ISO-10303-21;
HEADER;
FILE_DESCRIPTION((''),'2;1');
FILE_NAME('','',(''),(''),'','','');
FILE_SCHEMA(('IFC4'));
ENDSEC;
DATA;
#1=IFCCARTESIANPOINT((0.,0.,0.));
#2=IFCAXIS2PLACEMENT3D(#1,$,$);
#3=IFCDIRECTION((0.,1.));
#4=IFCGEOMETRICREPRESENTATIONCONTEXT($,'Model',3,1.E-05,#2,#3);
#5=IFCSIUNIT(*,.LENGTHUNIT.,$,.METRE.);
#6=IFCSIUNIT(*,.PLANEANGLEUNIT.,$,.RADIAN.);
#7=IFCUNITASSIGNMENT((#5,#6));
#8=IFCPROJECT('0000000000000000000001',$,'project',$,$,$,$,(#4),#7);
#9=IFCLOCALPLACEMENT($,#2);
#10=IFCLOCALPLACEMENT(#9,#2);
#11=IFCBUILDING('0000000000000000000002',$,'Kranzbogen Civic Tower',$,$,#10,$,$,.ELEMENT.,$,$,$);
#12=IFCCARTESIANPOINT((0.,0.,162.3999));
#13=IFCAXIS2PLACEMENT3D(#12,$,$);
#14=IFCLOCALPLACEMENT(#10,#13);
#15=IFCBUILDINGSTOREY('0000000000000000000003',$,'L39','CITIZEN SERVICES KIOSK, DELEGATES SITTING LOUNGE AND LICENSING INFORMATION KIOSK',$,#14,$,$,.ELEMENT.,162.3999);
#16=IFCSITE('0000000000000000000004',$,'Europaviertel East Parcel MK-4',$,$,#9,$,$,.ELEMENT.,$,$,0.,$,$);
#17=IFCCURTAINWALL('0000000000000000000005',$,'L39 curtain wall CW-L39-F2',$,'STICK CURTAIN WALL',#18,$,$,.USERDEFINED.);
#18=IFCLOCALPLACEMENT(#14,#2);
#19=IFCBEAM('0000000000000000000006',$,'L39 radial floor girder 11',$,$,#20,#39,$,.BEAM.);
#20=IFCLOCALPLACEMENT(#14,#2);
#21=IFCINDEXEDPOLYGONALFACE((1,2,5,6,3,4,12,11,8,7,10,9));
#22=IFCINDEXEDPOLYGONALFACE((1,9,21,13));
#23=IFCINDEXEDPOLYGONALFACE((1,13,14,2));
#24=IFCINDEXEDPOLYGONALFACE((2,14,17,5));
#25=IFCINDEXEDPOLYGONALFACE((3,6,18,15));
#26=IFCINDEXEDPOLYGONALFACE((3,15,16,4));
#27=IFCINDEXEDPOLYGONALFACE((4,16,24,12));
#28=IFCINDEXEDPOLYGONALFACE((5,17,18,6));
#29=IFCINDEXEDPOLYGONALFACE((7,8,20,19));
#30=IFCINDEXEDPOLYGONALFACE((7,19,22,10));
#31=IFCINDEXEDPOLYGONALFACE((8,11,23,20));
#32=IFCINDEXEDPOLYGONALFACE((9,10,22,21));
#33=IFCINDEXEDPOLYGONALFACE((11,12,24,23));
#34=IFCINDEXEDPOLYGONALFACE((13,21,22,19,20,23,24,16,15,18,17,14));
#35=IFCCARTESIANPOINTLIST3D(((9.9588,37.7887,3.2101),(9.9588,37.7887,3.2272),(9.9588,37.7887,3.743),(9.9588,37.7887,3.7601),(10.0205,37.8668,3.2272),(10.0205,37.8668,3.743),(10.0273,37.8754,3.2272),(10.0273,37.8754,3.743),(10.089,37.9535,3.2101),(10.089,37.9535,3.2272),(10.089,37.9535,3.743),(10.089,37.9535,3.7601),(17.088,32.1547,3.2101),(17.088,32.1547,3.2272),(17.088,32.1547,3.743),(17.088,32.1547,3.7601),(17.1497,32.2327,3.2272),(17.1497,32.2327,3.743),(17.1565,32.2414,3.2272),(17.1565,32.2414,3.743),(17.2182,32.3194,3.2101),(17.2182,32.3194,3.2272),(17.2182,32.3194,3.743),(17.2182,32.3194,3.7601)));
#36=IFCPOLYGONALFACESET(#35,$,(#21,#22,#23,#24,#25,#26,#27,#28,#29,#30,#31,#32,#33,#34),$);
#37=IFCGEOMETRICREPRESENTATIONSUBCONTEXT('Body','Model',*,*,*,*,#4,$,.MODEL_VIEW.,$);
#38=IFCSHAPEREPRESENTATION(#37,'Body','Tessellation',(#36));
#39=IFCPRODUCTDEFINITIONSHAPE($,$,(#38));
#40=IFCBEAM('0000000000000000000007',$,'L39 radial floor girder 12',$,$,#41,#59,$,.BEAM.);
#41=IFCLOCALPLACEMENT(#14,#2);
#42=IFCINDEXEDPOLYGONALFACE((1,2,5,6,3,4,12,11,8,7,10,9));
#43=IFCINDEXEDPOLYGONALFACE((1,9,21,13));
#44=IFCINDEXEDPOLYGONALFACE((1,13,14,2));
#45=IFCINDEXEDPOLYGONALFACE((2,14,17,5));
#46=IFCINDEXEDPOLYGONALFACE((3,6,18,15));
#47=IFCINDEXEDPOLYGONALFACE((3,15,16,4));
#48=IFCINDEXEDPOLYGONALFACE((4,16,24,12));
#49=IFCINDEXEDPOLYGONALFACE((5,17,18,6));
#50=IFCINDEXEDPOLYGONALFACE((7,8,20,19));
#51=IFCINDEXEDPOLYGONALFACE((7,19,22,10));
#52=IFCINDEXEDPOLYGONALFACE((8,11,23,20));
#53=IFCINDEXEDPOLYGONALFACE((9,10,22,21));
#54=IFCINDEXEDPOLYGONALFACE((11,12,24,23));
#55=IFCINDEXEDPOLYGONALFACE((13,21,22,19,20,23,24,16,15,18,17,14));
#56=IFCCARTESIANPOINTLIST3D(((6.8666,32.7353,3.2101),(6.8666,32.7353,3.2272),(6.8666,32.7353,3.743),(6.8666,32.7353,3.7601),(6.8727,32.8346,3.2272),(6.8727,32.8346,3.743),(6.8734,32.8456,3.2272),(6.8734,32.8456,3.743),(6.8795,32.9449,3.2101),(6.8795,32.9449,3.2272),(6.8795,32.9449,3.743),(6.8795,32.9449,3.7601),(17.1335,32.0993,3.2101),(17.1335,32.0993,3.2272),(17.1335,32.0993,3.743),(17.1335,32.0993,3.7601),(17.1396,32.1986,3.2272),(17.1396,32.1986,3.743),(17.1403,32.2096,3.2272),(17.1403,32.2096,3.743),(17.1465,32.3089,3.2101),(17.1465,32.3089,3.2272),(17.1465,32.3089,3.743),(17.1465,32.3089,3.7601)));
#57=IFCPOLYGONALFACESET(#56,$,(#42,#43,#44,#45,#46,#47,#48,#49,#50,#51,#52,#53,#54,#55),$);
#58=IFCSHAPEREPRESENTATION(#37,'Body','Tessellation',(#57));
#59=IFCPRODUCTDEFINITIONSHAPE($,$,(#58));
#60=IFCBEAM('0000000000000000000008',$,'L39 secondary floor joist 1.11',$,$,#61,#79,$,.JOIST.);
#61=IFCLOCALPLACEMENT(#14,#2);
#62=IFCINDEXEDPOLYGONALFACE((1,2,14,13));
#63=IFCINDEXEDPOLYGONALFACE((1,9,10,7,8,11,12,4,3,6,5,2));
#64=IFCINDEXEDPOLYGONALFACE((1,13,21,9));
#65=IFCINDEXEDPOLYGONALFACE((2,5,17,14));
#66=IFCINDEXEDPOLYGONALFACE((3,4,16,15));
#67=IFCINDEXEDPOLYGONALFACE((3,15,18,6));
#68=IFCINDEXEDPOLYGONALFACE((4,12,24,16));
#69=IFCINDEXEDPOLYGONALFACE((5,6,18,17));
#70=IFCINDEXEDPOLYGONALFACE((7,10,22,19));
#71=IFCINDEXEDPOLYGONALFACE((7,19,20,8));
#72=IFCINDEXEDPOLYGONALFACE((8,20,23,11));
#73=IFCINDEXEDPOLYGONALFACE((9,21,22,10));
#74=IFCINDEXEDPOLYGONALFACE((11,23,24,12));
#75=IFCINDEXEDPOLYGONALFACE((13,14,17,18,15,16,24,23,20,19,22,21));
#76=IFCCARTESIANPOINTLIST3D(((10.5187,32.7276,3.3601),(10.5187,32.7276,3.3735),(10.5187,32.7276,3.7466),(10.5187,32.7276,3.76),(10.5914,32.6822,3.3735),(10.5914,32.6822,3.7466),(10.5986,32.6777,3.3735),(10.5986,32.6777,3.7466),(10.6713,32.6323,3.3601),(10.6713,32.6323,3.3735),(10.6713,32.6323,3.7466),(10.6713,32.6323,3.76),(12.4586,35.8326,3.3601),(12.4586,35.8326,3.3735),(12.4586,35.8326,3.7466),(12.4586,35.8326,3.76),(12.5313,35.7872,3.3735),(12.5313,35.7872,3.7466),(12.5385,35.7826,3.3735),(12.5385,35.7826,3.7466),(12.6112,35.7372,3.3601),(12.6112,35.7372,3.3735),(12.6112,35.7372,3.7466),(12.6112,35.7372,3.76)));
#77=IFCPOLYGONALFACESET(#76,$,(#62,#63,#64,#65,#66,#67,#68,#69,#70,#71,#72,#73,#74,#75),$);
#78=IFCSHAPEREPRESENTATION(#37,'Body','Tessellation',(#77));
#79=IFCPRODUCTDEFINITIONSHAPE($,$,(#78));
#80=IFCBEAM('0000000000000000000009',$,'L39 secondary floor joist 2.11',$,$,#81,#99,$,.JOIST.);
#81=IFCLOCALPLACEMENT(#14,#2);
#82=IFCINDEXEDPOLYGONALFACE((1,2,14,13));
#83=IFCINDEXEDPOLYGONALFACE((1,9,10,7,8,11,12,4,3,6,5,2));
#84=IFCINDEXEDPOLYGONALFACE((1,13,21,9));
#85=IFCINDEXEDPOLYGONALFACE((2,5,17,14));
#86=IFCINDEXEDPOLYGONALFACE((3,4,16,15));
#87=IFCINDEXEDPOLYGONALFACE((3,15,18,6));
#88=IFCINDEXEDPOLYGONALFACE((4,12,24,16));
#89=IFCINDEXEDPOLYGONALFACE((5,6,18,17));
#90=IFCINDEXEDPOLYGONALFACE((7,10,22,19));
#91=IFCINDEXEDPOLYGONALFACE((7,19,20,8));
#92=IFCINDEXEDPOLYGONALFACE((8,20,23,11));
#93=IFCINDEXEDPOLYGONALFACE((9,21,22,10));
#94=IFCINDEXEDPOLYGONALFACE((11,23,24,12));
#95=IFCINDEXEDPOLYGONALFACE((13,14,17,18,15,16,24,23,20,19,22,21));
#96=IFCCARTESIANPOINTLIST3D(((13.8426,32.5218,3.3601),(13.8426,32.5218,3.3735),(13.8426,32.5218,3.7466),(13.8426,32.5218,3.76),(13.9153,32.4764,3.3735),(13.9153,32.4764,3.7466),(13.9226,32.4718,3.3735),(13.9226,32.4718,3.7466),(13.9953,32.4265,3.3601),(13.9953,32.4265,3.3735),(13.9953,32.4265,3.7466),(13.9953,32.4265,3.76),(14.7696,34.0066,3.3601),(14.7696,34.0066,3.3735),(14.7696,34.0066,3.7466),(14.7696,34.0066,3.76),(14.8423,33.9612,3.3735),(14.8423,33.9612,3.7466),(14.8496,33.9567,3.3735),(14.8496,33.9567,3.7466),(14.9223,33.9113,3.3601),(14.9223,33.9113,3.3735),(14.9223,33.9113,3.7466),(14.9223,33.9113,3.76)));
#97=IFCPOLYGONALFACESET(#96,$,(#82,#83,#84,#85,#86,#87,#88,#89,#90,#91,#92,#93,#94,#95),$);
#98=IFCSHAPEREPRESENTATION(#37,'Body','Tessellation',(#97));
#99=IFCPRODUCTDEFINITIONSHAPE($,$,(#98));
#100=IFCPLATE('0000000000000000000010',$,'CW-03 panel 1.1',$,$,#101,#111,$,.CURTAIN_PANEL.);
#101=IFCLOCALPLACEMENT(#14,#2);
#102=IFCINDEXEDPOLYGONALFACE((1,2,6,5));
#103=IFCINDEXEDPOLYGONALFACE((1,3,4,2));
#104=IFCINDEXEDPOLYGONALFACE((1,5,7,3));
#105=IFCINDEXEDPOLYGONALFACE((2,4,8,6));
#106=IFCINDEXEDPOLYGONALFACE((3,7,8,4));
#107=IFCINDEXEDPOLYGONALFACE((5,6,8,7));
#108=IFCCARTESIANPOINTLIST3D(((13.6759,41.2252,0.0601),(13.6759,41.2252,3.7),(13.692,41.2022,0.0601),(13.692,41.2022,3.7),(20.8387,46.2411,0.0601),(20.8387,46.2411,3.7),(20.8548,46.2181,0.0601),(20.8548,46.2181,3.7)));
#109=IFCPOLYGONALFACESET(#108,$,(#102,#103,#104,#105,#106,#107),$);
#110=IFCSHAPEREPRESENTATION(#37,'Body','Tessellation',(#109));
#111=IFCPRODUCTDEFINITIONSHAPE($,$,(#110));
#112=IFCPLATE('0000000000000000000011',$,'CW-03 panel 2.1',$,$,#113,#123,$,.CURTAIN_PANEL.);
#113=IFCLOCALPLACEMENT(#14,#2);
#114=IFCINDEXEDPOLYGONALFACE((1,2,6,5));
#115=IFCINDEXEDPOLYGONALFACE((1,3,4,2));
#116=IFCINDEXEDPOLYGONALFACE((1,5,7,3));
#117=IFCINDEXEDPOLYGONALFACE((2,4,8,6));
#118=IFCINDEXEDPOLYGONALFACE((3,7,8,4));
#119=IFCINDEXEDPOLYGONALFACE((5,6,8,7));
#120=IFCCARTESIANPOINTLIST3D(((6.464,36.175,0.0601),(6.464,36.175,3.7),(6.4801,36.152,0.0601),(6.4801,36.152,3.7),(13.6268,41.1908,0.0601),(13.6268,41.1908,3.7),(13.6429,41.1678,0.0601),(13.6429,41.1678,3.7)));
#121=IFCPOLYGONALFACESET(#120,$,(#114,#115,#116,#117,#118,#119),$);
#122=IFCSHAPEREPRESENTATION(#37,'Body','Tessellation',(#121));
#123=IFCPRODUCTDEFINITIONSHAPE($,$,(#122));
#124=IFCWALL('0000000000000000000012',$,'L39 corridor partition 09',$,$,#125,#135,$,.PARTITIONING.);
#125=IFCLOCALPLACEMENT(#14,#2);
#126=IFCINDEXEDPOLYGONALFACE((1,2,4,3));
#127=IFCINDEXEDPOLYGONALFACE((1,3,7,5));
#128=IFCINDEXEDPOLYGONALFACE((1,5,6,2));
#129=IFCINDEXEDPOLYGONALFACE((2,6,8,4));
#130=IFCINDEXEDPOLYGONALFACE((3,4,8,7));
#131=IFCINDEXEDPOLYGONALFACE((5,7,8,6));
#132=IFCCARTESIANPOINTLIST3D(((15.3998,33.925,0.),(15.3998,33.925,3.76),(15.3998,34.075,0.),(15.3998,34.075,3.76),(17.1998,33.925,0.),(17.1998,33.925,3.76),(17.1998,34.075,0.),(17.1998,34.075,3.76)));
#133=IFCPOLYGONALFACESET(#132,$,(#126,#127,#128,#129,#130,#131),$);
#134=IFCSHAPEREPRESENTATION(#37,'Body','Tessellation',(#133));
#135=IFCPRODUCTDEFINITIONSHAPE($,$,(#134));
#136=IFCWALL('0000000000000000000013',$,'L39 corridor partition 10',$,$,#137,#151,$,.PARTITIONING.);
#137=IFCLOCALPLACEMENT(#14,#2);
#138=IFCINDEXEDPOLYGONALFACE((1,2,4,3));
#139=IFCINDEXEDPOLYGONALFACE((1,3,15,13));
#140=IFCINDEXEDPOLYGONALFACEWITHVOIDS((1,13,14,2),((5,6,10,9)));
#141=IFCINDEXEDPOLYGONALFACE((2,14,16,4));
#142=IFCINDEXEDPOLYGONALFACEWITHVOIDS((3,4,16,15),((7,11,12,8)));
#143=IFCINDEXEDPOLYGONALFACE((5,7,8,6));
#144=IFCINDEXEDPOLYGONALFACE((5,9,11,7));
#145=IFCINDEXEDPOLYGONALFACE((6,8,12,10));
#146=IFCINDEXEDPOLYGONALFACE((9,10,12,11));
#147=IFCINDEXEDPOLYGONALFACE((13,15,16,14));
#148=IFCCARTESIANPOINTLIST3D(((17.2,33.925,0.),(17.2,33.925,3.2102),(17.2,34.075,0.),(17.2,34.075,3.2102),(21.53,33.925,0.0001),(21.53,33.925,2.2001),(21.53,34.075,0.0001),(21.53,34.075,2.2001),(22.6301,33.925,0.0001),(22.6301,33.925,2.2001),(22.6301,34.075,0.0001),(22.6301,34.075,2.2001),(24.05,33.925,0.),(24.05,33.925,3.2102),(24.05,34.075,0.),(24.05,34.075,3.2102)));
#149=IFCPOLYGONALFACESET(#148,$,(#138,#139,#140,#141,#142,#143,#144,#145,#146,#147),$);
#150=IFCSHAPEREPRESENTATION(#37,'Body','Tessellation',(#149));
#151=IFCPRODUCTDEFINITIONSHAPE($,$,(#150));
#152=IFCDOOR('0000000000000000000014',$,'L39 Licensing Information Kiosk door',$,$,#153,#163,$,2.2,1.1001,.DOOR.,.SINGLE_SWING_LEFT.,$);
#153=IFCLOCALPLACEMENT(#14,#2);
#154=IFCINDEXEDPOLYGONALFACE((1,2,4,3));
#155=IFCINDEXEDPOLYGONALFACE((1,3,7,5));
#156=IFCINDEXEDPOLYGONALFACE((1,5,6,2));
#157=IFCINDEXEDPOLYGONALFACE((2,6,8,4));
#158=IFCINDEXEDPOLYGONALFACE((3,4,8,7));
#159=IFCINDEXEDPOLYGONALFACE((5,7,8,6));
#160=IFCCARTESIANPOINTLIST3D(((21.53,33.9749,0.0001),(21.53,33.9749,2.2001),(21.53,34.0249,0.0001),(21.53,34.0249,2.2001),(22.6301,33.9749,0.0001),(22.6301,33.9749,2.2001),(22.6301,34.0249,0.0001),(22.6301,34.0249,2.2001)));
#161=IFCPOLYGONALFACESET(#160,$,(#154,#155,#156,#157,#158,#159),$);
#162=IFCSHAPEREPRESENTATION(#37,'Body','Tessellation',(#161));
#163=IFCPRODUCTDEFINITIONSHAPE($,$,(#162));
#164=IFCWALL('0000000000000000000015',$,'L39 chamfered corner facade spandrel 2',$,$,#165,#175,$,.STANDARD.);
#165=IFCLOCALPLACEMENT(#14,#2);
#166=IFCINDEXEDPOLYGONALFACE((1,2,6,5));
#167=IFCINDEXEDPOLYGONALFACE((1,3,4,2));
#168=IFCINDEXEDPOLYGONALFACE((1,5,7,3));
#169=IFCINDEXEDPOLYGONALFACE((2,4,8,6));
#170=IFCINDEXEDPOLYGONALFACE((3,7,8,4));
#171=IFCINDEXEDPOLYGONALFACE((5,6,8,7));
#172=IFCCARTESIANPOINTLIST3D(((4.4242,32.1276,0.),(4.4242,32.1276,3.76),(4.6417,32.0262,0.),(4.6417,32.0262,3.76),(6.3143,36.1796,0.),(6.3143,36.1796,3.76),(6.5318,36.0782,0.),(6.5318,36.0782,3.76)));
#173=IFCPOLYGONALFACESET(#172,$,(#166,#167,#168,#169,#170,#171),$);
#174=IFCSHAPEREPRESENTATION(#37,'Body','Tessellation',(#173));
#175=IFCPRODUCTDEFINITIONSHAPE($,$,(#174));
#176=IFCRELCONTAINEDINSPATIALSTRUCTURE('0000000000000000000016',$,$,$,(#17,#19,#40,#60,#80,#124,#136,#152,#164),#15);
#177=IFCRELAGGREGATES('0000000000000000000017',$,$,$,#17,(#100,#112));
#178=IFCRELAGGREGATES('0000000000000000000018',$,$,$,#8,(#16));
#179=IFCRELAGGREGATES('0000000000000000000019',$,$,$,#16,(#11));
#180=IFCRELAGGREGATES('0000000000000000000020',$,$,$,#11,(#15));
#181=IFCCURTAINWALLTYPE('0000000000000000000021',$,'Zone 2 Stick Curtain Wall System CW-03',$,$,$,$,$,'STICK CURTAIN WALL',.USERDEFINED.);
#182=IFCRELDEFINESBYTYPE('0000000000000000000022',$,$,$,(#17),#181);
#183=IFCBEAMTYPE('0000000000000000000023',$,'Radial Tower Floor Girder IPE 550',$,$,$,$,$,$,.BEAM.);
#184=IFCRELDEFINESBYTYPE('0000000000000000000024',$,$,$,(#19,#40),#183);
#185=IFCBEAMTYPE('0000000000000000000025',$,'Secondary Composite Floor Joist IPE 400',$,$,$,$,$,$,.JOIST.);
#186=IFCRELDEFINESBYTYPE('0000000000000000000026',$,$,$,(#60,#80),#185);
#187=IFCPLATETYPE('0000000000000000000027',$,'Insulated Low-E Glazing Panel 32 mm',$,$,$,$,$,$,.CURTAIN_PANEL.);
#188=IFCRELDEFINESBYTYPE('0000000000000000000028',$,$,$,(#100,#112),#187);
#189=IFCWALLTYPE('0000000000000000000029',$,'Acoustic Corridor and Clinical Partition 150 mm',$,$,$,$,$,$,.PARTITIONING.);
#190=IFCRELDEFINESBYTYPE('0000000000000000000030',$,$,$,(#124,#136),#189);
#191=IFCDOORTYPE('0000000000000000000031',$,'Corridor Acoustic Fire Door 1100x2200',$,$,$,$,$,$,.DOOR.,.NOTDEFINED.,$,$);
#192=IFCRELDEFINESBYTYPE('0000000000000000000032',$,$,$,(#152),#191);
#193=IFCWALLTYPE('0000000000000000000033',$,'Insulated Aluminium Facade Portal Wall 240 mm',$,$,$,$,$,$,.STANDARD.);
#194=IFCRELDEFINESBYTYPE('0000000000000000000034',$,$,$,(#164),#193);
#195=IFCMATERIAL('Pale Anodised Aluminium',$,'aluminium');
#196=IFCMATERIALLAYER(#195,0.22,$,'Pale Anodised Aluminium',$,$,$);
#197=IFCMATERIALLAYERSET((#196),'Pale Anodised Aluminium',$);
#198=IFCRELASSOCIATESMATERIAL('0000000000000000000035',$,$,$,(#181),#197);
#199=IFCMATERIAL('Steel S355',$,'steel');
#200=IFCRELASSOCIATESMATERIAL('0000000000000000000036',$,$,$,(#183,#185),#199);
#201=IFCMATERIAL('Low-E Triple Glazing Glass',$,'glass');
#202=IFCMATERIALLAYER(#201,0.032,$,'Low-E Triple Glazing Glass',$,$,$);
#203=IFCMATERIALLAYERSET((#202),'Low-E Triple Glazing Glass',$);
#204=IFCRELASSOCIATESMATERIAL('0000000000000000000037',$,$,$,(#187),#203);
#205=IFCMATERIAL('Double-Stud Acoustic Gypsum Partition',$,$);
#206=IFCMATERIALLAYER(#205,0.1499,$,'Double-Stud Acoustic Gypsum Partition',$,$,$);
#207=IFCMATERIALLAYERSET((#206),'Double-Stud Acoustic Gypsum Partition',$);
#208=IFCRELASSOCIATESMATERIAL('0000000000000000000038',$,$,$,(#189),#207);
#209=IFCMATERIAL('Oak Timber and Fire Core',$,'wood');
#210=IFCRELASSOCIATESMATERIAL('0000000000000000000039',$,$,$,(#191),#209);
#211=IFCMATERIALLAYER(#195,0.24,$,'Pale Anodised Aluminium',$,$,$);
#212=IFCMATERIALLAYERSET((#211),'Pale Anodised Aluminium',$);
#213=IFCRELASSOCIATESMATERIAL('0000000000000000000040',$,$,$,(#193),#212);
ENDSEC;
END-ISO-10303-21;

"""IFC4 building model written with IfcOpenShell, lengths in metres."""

from ifc_helpers import new_model, si_unit, direction, frame, frame_2d, origin, origin_2d, place, context, subcontext, project, spatial, rectangle, i_section, extrude, material, layer, layer_set, material_profile, profile_set, type_object, element, fill, aggregate, save


model = new_model("IFC4")

# Units and contexts
model_context = context("Model", 3, precision=1e-05, world=origin(), true_north=direction((0.0, 1.0)))
body_context = subcontext(model_context, "Body", "Model", "MODEL_VIEW")
ifc_project = project(units=[si_unit("LENGTHUNIT", "METRE"), si_unit("PLANEANGLEUNIT", "RADIAN")], contexts=[model_context])

# Site, building, storey
site_placement = place(None, origin())
site = spatial("IfcSite", under=ifc_project, at=site_placement, Name="Europaviertel East Parcel MK-4", CompositionType="ELEMENT", RefElevation=0.0)
building_placement = place(site_placement, origin())
building = spatial("IfcBuilding", under=site, at=building_placement, Name="Kranzbogen Civic Tower", CompositionType="ELEMENT")
storey_placement = place(building_placement, frame((0.0, 0.0, 162.3999)))
storey = spatial("IfcBuildingStorey", under=building, at=storey_placement, Name="L39", Description="CITIZEN SERVICES KIOSK, DELEGATES SITTING LOUNGE AND LICENSING INFORMATION KIOSK", CompositionType="ELEMENT", Elevation=162.3999)

# Shared definitions
ifc_material_1 = material(Name="Steel S355", Category="steel")

# Curtain wall
ifc_material_2 = material(Name="Pale Anodised Aluminium", Category="aluminium")
ifc_layer_1 = layer(ifc_material_2, 0.22, Name="Pale Anodised Aluminium")
ifc_layer_set_1 = layer_set([ifc_layer_1], Name="Pale Anodised Aluminium")
curtain_wall_type = type_object("IfcCurtainWallType", Name="Zone 2 Stick Curtain Wall System CW-03", ElementType="STICK CURTAIN WALL", PredefinedType="USERDEFINED", material=ifc_layer_set_1)
curtain_wall_placement = place(storey_placement, origin())
curtain_wall = element("IfcCurtainWall", 1, at=curtain_wall_placement, inside=storey, type_object=curtain_wall_type, Name="L39 curtain wall CW-L39-F2", ObjectType="STICK CURTAIN WALL", PredefinedType="USERDEFINED")

# Beams
ifc_material_profile_1 = material_profile(ifc_material_1, i_section(OverallWidth=0.21, OverallDepth=0.55, WebThickness=0.011, FlangeThickness=0.0171, at=origin_2d()), Name="IPE 550")
ifc_profile_set_1 = profile_set([ifc_material_profile_1], Name="Steel S355")
beam_type_1 = type_object("IfcBeamType", Name="Radial Tower Floor Girder IPE 550", PredefinedType="BEAM", material=ifc_profile_set_1)
beam_1_placement = place(storey_placement, frame((10.0239, 37.8711, 3.4851), z_axis=(0.784575, -0.620034, 0.0), x_axis=(0.620034, 0.784575, 0.0)))
element("IfcBeam", 2, at=beam_1_placement, inside=storey, type_object=beam_type_1, Name="L39 radial floor girder 11", PredefinedType="BEAM", context=body_context, shape_type="SweptSolid", body=[
    extrude(i_section(OverallWidth=0.21, OverallDepth=0.55, WebThickness=0.011, FlangeThickness=0.0171, at=origin_2d()), origin(), (0.0, 0.0, 1.0), 9.0867),
])
beam_2_placement = place(storey_placement, frame((6.873, 32.8401, 3.4851), z_axis=(0.998087, -0.061827, 0.0), x_axis=(0.061827, 0.998087, 0.0)))
element("IfcBeam", 3, at=beam_2_placement, inside=storey, type_object=beam_type_1, Name="L39 radial floor girder 12", PredefinedType="BEAM", context=body_context, shape_type="SweptSolid", body=[
    extrude(i_section(OverallWidth=0.21, OverallDepth=0.55, WebThickness=0.011, FlangeThickness=0.0171, at=origin_2d()), origin(), (0.0, 0.0, 1.0), 10.2866),
])
ifc_material_profile_2 = material_profile(ifc_material_1, i_section(OverallWidth=0.1799, OverallDepth=0.3999, WebThickness=0.0085, FlangeThickness=0.0134, at=origin_2d()), Name="IPE 400")
ifc_profile_set_2 = profile_set([ifc_material_profile_2], Name="Steel S355")
beam_type_2 = type_object("IfcBeamType", Name="Secondary Composite Floor Joist IPE 400", PredefinedType="JOIST", material=ifc_profile_set_2)
beam_3_placement = place(storey_placement, frame((12.5349, 35.7849, 3.5601), z_axis=(-0.529867, -0.848081, 0.0), x_axis=(0.848081, -0.529867, 0.0)))
element("IfcBeam", 4, at=beam_3_placement, inside=storey, type_object=beam_type_2, Name="L39 secondary floor joist 1.11", PredefinedType="JOIST", context=body_context, shape_type="SweptSolid", body=[
    extrude(i_section(OverallWidth=0.1799, OverallDepth=0.3999, WebThickness=0.0085, FlangeThickness=0.0134, at=origin_2d()), origin(), (0.0, 0.0, 1.0), 3.6611),
])
beam_4_placement = place(storey_placement, frame((14.8459, 33.959, 3.5601), z_axis=(-0.529573, -0.848265, 0.0), x_axis=(0.848265, -0.529573, 0.0)))
element("IfcBeam", 5, at=beam_4_placement, inside=storey, type_object=beam_type_2, Name="L39 secondary floor joist 2.11", PredefinedType="JOIST", context=body_context, shape_type="SweptSolid", body=[
    extrude(i_section(OverallWidth=0.1799, OverallDepth=0.3999, WebThickness=0.0085, FlangeThickness=0.0134, at=origin_2d()), origin(), (0.0, 0.0, 1.0), 1.7505),
])

# Plates
ifc_material_3 = material(Name="Low-E Triple Glazing Glass", Category="glass")
ifc_layer_2 = layer(ifc_material_3, 0.032, Name="Low-E Triple Glazing Glass")
ifc_layer_set_2 = layer_set([ifc_layer_2], Name="Low-E Triple Glazing Glass")
plate_type = type_object("IfcPlateType", Name="Insulated Low-E Glazing Panel 32 mm", PredefinedType="CURTAIN_PANEL", material=ifc_layer_set_2)
plate_1_placement = place(storey_placement, frame((17.2654, 43.7217, 0.0601), z_axis=(0.0, 0.0, 1.0), x_axis=(-0.819128, -0.57361, 0.0)))
plate_1 = element("IfcPlate", 6, at=plate_1_placement, type_object=plate_type, Name="CW-03 panel 1.1", PredefinedType="CURTAIN_PANEL", context=body_context, shape_type="SweptSolid", body=[
    extrude(rectangle(XDim=8.7444, YDim=0.0281, at=origin_2d()), origin(), (0.0, 0.0, 1.0), 3.6399),
])
plate_2_placement = place(storey_placement, frame((10.0535, 38.6714, 0.0601), z_axis=(0.0, 0.0, 1.0), x_axis=(-0.819128, -0.57361, 0.0)))
plate_2 = element("IfcPlate", 7, at=plate_2_placement, type_object=plate_type, Name="CW-03 panel 2.1", PredefinedType="CURTAIN_PANEL", context=body_context, shape_type="SweptSolid", body=[
    extrude(rectangle(XDim=8.7444, YDim=0.0281, at=origin_2d()), origin(), (0.0, 0.0, 1.0), 3.6399),
])
aggregate(curtain_wall, [plate_1, plate_2])

# Wall
ifc_material_4 = material(Name="Double-Stud Acoustic Gypsum Partition")
ifc_layer_3 = layer(ifc_material_4, 0.1499, Name="Double-Stud Acoustic Gypsum Partition")
ifc_layer_set_3 = layer_set([ifc_layer_3], Name="Double-Stud Acoustic Gypsum Partition")
wall_type_1 = type_object("IfcWallType", Name="Acoustic Corridor and Clinical Partition 150 mm", PredefinedType="PARTITIONING", material=ifc_layer_set_3)
wall_1_placement = place(storey_placement, frame((15.3999, 34.0, 0.0), z_axis=(0.0, 0.0, 1.0), x_axis=(1.0, 0.0, 0.0)))
element("IfcWall", 8, at=wall_1_placement, inside=storey, type_object=wall_type_1, Name="L39 corridor partition 09", PredefinedType="PARTITIONING", context=body_context, shape_type="SweptSolid", body=[
    extrude(rectangle(XDim=1.8, YDim=0.1499, at=frame_2d((0.8999, 0.0))), origin(), (0.0, 0.0, 1.0), 3.76),
])

# Wall, opening, door
wall_2_placement = place(storey_placement, frame((17.2, 34.0, 0.0), z_axis=(0.0, 0.0, 1.0), x_axis=(1.0, 0.0, 0.0)))
wall_2 = element("IfcWall", 9, at=wall_2_placement, inside=storey, type_object=wall_type_1, Name="L39 corridor partition 10", PredefinedType="PARTITIONING", context=body_context, shape_type="SweptSolid", body=[
    extrude(rectangle(XDim=6.8501, YDim=0.1499, at=frame_2d((3.425, 0.0))), origin(), (0.0, 0.0, 1.0), 3.2102),
])
opening_placement = place(wall_2_placement, frame((4.3301, 0.0, 0.0)))
opening = element("IfcOpeningElement", 10, at=opening_placement, cuts=wall_2, PredefinedType="OPENING", context=body_context, shape_type="SweptSolid", body=[
    extrude(rectangle(XDim=1.1001, YDim=2.2, at=frame_2d((0.55, 1.1001))), frame((0.0, 0.085, 0.0), z_axis=(0.0, -1.0, 0.0), x_axis=(1.0, 0.0, 0.0)), (0.0, 0.0, 1.0), 0.1699),
])
ifc_material_5 = material(Name="Oak Timber and Fire Core", Category="wood")
door_type = type_object("IfcDoorType", Name="Corridor Acoustic Fire Door 1100x2200", OperationType="NOTDEFINED", PredefinedType="DOOR", material=ifc_material_5)
door_placement = place(opening_placement, origin())
door = element("IfcDoor", 11, at=door_placement, inside=storey, type_object=door_type, Name="L39 Licensing Information Kiosk door", OperationType="SINGLE_SWING_LEFT", OverallHeight=2.2, OverallWidth=1.1001, PredefinedType="DOOR", context=body_context, shape_type="SweptSolid", body=[
    extrude(rectangle(XDim=1.1001, YDim=2.2, at=frame_2d((0.55, 1.1001))), frame((0.0, 0.0249, 0.0), z_axis=(0.0, -1.0, 0.0), x_axis=(1.0, 0.0, 0.0)), (0.0, 0.0, 1.0), 0.05),
])
fill(opening, door)

# Wall
ifc_layer_4 = layer(ifc_material_2, 0.24, Name="Pale Anodised Aluminium")
ifc_layer_set_4 = layer_set([ifc_layer_4], Name="Pale Anodised Aluminium")
wall_type_2 = type_object("IfcWallType", Name="Insulated Aluminium Facade Portal Wall 240 mm", PredefinedType="STANDARD", material=ifc_layer_set_4)
wall_3_placement = place(storey_placement, frame((6.4231, 36.1289, 0.0), z_axis=(0.0, 0.0, 1.0), x_axis=(-0.422739, -0.906251, 0.0)))
element("IfcWall", 12, at=wall_3_placement, inside=storey, type_object=wall_type_2, Name="L39 chamfered corner facade spandrel 2", PredefinedType="STANDARD", context=body_context, shape_type="SweptSolid", body=[
    extrude(rectangle(XDim=4.4712, YDim=0.24, at=frame_2d((2.2356, 0.0))), origin(), (0.0, 0.0, 1.0), 3.76),
])

save(model, "model.ifc")
